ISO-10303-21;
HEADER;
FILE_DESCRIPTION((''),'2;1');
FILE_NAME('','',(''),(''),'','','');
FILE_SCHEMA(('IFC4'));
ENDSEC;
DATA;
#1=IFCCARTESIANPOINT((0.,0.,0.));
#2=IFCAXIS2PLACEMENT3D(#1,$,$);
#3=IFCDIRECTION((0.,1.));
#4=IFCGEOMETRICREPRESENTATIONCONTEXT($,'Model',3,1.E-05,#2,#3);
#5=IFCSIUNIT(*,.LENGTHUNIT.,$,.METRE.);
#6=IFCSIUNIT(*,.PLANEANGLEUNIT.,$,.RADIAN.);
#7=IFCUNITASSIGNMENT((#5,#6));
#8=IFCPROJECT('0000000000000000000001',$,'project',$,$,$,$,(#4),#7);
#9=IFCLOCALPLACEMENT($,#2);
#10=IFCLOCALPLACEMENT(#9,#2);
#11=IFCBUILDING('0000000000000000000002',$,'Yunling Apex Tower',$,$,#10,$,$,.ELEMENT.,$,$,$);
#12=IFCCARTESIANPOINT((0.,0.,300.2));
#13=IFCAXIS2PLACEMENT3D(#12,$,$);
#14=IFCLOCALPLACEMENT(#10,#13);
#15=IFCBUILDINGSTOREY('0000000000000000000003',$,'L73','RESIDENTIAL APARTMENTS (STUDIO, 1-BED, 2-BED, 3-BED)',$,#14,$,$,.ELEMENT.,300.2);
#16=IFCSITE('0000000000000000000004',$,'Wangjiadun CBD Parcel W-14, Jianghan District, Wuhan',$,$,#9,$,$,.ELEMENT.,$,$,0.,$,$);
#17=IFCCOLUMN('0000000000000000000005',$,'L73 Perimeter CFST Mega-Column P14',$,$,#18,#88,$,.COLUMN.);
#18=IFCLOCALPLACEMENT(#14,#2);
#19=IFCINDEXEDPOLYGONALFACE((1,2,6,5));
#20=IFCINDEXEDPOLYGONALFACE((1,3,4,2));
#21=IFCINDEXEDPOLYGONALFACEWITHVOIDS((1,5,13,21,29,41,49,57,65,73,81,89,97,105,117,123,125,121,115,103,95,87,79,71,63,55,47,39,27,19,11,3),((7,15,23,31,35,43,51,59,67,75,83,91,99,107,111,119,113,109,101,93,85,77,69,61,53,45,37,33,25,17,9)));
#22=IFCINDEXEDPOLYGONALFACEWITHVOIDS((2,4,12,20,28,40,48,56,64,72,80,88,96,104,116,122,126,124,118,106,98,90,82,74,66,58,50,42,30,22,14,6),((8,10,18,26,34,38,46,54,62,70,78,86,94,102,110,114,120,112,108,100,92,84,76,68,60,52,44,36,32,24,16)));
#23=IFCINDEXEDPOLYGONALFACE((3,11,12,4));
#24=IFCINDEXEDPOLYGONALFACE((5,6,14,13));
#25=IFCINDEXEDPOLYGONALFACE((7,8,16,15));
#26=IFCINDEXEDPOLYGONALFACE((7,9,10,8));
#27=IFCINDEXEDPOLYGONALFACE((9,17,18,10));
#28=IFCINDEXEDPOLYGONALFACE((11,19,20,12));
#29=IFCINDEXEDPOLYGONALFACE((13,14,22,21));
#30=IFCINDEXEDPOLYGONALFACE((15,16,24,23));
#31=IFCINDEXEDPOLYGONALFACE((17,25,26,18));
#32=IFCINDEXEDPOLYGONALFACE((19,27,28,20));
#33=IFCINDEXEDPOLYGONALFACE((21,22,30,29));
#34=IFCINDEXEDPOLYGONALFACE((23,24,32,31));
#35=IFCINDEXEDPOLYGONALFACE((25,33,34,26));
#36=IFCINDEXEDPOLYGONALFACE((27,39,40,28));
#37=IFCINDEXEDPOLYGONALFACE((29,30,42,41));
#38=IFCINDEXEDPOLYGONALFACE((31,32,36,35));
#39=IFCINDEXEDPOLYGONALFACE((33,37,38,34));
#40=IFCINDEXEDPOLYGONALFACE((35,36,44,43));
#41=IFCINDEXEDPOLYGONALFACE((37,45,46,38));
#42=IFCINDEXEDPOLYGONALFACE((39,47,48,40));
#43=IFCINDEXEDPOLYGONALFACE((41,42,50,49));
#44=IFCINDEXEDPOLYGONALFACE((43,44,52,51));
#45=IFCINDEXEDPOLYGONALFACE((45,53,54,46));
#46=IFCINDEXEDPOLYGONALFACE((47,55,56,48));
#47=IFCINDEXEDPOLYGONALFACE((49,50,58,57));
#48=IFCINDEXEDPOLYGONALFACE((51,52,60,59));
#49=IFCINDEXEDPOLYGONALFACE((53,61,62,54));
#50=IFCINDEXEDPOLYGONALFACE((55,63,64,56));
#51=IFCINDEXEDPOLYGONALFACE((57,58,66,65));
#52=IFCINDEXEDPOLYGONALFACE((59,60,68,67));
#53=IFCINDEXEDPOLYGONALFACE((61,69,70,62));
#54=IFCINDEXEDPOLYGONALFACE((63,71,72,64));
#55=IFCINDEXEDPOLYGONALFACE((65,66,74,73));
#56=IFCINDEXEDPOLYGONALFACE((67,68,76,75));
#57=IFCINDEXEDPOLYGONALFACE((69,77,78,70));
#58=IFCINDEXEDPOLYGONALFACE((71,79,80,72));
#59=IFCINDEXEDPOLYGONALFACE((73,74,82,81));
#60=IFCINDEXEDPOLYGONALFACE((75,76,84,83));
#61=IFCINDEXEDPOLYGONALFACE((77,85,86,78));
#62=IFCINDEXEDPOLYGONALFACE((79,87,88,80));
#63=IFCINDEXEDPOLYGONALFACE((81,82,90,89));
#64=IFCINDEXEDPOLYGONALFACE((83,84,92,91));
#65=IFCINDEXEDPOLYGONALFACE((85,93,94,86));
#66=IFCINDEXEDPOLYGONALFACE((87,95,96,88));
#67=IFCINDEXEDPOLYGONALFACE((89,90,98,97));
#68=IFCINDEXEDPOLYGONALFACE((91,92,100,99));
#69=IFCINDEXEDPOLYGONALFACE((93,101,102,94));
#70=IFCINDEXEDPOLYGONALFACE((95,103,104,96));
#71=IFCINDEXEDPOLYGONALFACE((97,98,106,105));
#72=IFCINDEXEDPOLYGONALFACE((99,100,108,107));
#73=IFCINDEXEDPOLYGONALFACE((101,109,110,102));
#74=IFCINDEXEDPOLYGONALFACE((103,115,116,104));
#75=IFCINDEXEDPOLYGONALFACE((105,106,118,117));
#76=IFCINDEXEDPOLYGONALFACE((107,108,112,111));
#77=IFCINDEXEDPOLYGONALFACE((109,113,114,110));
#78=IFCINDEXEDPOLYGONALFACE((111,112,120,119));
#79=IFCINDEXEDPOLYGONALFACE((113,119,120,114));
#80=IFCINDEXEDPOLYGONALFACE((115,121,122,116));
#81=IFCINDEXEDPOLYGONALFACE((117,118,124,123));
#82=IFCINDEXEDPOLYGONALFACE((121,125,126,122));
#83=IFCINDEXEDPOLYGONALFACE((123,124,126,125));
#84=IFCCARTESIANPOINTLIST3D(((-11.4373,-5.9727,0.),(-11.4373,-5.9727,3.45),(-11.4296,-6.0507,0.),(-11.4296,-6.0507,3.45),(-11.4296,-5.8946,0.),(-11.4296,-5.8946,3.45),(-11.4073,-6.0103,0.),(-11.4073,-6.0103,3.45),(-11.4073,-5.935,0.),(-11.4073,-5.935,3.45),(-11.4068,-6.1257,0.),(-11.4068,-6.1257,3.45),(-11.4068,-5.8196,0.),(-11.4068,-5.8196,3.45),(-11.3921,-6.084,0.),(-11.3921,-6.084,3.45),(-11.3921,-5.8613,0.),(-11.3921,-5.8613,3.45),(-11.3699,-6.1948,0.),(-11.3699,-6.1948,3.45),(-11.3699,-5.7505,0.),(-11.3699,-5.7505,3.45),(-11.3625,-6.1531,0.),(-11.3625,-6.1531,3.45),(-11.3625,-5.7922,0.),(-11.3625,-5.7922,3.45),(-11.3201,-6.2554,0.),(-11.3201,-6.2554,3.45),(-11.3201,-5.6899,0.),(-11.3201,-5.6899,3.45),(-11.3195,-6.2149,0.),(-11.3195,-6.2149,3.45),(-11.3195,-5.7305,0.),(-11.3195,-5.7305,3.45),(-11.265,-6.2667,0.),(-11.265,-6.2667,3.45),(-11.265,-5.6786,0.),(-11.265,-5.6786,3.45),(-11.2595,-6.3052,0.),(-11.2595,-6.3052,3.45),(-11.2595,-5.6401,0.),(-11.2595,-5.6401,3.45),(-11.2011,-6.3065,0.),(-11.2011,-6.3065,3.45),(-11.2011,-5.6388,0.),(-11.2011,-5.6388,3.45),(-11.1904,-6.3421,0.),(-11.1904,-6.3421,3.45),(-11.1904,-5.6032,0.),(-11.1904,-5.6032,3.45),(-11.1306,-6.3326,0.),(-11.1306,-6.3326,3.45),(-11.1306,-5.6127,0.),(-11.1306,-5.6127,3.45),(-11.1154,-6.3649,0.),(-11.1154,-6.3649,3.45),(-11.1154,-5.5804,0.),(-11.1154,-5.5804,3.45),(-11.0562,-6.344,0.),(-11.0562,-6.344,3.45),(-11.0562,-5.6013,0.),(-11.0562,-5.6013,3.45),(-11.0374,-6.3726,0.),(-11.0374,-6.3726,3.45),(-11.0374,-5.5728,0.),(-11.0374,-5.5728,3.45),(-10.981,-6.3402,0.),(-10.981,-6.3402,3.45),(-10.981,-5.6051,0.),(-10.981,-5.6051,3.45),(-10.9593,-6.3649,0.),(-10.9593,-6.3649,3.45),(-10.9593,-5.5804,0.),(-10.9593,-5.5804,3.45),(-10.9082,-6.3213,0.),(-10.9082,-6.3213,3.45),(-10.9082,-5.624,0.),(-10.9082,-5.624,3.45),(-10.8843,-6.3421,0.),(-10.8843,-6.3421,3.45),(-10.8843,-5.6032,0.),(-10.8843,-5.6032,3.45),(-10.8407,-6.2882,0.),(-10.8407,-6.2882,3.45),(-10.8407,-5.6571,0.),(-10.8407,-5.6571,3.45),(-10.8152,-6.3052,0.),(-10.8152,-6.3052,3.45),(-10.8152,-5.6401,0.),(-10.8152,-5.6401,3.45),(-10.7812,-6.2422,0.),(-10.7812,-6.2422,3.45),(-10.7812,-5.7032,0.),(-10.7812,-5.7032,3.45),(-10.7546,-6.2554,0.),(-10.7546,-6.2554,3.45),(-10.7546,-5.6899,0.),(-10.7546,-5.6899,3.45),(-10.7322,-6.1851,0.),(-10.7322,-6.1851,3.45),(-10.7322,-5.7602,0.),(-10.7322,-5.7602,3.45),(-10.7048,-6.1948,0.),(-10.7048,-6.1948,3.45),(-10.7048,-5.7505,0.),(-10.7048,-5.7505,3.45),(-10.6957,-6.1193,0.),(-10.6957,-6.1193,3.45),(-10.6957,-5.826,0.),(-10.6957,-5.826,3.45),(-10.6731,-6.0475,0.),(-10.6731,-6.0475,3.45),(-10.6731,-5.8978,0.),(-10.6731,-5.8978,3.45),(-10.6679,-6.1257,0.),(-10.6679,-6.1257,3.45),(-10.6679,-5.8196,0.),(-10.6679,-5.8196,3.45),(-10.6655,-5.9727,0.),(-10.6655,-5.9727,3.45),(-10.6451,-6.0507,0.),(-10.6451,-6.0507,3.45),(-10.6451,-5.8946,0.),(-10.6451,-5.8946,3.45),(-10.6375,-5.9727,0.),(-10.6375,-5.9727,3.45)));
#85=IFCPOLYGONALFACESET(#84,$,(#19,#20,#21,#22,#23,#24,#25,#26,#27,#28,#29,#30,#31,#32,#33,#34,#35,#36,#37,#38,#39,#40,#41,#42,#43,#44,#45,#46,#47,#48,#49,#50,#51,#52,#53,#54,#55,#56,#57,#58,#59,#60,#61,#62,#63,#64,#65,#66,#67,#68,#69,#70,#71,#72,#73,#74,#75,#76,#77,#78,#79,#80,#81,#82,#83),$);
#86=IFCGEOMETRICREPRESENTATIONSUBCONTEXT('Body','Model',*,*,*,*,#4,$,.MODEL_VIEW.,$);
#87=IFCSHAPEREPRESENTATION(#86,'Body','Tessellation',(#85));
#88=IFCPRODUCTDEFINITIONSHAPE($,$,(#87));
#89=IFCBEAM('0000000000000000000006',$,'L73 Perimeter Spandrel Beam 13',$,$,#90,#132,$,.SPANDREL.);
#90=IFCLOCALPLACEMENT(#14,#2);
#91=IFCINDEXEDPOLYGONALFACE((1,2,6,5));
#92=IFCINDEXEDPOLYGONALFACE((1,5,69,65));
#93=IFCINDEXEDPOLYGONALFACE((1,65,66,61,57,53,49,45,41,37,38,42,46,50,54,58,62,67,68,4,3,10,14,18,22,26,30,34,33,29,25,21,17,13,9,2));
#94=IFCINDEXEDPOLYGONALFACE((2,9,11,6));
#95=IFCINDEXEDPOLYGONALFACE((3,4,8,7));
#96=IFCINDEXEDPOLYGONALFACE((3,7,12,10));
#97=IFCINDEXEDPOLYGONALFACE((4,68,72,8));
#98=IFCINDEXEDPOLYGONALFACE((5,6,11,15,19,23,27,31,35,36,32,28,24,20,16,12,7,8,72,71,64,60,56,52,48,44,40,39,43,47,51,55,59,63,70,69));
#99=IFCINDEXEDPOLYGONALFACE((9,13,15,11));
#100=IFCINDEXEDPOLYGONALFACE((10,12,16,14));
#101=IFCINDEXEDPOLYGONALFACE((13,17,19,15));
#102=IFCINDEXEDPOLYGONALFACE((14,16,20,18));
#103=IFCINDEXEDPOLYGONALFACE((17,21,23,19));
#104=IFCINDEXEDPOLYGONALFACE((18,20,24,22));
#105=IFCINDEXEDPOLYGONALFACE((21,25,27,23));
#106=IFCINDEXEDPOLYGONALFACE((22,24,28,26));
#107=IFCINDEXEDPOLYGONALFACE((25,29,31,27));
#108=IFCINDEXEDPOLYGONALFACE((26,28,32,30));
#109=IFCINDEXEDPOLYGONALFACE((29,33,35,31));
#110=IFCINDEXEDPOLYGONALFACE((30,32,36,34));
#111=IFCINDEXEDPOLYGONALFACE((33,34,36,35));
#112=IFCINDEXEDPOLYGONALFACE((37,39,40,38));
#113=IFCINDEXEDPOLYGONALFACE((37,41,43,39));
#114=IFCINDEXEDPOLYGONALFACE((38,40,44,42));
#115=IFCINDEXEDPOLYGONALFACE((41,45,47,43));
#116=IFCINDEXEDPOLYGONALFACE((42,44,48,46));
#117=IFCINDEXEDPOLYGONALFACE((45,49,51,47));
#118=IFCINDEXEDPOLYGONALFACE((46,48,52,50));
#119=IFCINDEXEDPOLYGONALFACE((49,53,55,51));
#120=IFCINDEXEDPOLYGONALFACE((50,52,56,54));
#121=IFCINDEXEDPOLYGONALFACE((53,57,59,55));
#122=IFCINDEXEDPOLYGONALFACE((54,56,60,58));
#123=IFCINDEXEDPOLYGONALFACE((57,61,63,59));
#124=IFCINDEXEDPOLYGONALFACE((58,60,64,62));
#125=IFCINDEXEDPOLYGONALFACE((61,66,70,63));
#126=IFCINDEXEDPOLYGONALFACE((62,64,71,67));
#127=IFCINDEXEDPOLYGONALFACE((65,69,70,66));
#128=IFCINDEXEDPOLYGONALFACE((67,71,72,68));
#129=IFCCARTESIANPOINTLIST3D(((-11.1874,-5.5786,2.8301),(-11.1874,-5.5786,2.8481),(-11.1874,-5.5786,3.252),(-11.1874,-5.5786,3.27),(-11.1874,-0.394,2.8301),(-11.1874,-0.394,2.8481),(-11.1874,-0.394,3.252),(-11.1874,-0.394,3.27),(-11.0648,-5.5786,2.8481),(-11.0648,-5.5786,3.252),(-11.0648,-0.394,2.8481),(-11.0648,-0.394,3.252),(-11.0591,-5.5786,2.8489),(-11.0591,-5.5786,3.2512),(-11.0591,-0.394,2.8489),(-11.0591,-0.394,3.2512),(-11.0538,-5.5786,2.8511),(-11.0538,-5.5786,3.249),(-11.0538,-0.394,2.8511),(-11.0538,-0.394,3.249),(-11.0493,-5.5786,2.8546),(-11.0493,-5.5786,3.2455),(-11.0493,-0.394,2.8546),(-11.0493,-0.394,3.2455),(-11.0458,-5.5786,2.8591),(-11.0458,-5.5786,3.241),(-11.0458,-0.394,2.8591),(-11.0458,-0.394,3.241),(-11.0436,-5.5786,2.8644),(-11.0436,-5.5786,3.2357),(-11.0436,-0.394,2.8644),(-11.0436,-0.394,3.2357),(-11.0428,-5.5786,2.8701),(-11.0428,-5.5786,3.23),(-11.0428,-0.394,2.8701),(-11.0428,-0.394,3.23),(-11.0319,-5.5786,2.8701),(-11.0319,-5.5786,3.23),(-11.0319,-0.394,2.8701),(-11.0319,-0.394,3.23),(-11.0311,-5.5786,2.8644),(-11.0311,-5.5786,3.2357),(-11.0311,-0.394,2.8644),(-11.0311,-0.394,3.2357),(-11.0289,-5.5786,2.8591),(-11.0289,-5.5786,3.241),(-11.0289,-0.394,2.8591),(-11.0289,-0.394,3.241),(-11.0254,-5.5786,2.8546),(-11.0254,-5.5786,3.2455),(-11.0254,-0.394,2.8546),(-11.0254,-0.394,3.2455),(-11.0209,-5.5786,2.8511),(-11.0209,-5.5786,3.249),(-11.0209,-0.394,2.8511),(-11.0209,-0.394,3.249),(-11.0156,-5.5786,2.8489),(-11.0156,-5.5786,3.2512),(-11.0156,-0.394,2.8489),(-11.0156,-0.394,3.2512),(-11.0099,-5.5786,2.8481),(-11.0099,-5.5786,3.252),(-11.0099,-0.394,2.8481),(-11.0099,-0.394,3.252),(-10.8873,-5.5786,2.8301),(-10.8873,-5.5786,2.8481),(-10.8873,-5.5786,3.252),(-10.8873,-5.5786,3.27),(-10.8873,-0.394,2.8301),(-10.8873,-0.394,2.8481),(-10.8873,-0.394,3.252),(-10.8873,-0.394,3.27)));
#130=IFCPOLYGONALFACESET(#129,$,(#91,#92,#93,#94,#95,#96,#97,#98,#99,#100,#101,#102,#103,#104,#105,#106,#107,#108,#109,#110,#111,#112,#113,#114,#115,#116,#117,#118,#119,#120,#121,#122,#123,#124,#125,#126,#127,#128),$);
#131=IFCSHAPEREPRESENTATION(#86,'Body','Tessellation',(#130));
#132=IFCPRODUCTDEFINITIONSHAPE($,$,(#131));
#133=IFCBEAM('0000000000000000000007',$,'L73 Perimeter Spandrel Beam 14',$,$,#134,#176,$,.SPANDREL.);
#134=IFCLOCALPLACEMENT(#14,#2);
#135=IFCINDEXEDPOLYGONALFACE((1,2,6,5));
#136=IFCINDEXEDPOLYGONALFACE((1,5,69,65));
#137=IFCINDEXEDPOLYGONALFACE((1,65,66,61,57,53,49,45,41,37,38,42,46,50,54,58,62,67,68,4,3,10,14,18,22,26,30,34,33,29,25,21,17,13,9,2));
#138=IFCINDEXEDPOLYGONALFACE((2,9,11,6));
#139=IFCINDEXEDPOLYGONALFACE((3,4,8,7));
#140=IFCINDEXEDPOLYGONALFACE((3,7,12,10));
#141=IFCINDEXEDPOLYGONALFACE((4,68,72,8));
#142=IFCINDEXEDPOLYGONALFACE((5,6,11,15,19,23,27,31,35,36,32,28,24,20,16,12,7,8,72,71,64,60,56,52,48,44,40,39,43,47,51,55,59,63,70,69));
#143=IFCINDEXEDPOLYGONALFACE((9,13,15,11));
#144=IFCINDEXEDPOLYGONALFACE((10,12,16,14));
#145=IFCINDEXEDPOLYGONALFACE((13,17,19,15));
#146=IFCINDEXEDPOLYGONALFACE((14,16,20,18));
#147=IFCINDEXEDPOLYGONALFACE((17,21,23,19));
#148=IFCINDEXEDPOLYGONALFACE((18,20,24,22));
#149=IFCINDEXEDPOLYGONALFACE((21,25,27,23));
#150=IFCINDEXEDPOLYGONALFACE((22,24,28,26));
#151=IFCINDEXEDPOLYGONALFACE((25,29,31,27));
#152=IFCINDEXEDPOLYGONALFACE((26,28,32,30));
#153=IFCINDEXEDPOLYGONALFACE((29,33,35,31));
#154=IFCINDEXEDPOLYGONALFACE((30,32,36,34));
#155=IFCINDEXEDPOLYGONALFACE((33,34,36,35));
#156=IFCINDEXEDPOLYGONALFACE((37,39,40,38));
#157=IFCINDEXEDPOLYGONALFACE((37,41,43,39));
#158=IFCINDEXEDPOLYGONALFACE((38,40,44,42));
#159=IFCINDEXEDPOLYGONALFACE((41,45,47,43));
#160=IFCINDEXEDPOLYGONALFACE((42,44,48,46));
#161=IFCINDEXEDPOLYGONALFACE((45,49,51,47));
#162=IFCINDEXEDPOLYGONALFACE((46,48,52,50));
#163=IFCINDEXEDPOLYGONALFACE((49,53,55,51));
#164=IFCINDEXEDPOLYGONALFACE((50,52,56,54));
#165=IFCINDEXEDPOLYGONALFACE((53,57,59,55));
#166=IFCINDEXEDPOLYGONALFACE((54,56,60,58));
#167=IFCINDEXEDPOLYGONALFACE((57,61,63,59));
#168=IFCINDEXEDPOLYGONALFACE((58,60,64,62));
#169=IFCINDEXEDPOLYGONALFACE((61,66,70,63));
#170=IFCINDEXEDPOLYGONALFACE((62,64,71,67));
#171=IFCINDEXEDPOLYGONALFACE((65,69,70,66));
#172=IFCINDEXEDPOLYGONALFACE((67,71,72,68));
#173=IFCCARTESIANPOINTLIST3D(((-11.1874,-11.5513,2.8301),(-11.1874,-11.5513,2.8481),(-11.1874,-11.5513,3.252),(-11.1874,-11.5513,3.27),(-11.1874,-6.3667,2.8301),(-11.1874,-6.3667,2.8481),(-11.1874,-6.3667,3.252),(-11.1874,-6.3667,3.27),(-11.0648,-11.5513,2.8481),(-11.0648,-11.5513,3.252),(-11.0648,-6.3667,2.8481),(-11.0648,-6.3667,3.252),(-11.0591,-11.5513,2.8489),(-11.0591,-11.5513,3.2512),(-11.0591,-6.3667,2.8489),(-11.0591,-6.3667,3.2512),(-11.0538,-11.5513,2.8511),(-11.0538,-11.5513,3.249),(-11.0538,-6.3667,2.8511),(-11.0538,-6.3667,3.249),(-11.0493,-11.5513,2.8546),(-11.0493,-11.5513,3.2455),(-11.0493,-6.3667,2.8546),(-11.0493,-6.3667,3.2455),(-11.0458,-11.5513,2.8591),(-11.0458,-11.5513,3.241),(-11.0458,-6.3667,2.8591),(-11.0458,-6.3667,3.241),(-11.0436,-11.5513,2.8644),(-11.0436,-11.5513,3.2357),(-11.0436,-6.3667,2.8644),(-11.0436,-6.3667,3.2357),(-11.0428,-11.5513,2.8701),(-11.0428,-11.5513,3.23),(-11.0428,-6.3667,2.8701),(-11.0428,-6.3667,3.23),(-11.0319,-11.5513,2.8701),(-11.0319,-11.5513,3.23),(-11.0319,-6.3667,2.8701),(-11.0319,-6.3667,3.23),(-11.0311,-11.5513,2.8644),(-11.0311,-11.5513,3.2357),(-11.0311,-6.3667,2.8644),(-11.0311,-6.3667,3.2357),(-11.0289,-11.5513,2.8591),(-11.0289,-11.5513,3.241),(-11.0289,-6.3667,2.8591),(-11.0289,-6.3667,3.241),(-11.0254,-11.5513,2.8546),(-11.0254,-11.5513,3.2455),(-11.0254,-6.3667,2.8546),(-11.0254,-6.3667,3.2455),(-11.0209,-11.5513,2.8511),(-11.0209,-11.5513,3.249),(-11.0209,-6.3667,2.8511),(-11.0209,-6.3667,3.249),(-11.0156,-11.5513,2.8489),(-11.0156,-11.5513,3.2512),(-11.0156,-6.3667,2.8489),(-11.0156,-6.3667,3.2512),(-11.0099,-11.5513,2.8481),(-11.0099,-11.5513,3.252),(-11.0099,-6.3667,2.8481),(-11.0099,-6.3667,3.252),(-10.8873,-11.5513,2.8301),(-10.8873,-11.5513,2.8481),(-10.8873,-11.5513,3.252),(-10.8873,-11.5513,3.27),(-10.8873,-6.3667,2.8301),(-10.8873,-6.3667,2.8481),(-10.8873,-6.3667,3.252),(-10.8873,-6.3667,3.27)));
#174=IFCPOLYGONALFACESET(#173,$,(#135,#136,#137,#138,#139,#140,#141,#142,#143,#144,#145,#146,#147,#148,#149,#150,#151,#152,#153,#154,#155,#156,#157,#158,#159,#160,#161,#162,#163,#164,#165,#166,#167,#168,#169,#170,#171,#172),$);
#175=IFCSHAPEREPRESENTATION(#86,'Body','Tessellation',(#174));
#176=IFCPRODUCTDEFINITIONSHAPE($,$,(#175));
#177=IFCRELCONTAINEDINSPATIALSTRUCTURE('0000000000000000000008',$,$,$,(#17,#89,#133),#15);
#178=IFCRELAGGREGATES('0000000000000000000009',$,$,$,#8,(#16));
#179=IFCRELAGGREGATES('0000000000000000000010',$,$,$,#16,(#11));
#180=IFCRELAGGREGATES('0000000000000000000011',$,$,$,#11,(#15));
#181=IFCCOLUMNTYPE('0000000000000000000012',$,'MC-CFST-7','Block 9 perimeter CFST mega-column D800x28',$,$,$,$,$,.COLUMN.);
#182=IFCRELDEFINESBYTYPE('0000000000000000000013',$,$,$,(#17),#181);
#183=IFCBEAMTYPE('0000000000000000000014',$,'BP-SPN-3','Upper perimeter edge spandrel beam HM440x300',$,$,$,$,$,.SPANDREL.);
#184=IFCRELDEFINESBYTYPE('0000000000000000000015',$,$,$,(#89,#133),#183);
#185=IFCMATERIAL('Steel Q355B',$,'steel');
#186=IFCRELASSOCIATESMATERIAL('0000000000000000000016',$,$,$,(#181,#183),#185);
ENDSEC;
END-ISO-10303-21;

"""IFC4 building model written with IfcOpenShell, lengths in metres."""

from ifc_helpers import new_model, si_unit, direction, frame, origin, origin_2d, place, context, subcontext, project, spatial, hollow_circle, i_section, extrude, source, transform, mapped, material, material_profile, profile_set, type_object, element, save


model = new_model("IFC4")

# Units and contexts
model_context = context("Model", 3, precision=1e-05, world=origin(), true_north=direction((0.0, 1.0)))
body_context = subcontext(model_context, "Body", "Model", "MODEL_VIEW")
ifc_project = project(units=[si_unit("LENGTHUNIT", "METRE"), si_unit("PLANEANGLEUNIT", "RADIAN")], contexts=[model_context])

# Site, building, storey
site_placement = place(None, origin())
site = spatial("IfcSite", under=ifc_project, at=site_placement, Name="Wangjiadun CBD Parcel W-14, Jianghan District, Wuhan", CompositionType="ELEMENT", RefElevation=0.0)
building_placement = place(site_placement, origin())
building = spatial("IfcBuilding", under=site, at=building_placement, Name="Yunling Apex Tower", CompositionType="ELEMENT")
storey_placement = place(building_placement, frame((0.0, 0.0, 300.2)))
storey = spatial("IfcBuildingStorey", under=building, at=storey_placement, Name="L73", Description="RESIDENTIAL APARTMENTS (STUDIO, 1-BED, 2-BED, 3-BED)", CompositionType="ELEMENT", Elevation=300.2)

# Column
ifc_material_1 = material(Name="Steel Q355B", Category="steel")
ifc_material_profile_1 = material_profile(ifc_material_1, hollow_circle(Radius=0.3999, WallThickness=0.0281, at=origin_2d()))
ifc_profile_set_1 = profile_set([ifc_material_profile_1], Name="Steel Q355B")
column_type = type_object("IfcColumnType", Name="MC-CFST-7", Description="Block 9 perimeter CFST mega-column D800x28", PredefinedType="COLUMN", material=ifc_profile_set_1)
shared_shape_1 = source(origin(), body_context, "Body", "SweptSolid", [
    extrude(hollow_circle(Radius=0.3999, WallThickness=0.0281, at=origin_2d()), origin(), (0.0, 0.0, 1.0), 3.45),
])
column_placement = place(storey_placement, frame((-11.0374, -5.9727, 0.0), z_axis=(0.0, 0.0, 1.0), x_axis=(1.0, 0.0, 0.0)))
element("IfcColumn", 1, at=column_placement, inside=storey, type_object=column_type, Name="L73 Perimeter CFST Mega-Column P14", PredefinedType="COLUMN", context=body_context, shape_type="MappedRepresentation", body=[
    mapped(shared_shape_1, transform((0.0, 0.0, 0.0), scale=1.0)),
])

# Beams
ifc_material_profile_2 = material_profile(ifc_material_1, i_section(OverallWidth=0.3, OverallDepth=0.4399, WebThickness=0.011, FlangeThickness=0.0181, FilletRadius=0.022, at=origin_2d()))
ifc_profile_set_2 = profile_set([ifc_material_profile_2], Name="Steel Q355B")
beam_type_1 = type_object("IfcBeamType", Name="BP-SPN-3", Description="Upper perimeter edge spandrel beam HM440x300", PredefinedType="SPANDREL", material=ifc_profile_set_2)
shared_shape_2 = source(origin(), body_context, "Body", "SweptSolid", [
    extrude(i_section(OverallWidth=0.3, OverallDepth=0.4399, WebThickness=0.011, FlangeThickness=0.0181, FilletRadius=0.022, at=origin_2d()), origin(), (0.0, 0.0, 1.0), 5.1846),
])
for number, where, z_axis, x_axis, name in (
    (2, (-11.0374, -0.394, 3.05), (0.0, -1.0, 0.0), (1.0, 0.0, 0.0), "L73 Perimeter Spandrel Beam 13"),
    (3, (-11.0374, -6.3667, 3.05), (0.0, -1.0, 0.0), (1.0, 0.0, 0.0), "L73 Perimeter Spandrel Beam 14"),
):
    element("IfcBeam", number, at=place(storey_placement, frame(where, z_axis=z_axis, x_axis=x_axis)), inside=storey, type_object=beam_type_1, Name=name, PredefinedType="SPANDREL", context=body_context, shape_type="MappedRepresentation", body=[
        mapped(shared_shape_2, transform((0.0, 0.0, 0.0), scale=1.0)),
    ])

save(model, "model.ifc")
